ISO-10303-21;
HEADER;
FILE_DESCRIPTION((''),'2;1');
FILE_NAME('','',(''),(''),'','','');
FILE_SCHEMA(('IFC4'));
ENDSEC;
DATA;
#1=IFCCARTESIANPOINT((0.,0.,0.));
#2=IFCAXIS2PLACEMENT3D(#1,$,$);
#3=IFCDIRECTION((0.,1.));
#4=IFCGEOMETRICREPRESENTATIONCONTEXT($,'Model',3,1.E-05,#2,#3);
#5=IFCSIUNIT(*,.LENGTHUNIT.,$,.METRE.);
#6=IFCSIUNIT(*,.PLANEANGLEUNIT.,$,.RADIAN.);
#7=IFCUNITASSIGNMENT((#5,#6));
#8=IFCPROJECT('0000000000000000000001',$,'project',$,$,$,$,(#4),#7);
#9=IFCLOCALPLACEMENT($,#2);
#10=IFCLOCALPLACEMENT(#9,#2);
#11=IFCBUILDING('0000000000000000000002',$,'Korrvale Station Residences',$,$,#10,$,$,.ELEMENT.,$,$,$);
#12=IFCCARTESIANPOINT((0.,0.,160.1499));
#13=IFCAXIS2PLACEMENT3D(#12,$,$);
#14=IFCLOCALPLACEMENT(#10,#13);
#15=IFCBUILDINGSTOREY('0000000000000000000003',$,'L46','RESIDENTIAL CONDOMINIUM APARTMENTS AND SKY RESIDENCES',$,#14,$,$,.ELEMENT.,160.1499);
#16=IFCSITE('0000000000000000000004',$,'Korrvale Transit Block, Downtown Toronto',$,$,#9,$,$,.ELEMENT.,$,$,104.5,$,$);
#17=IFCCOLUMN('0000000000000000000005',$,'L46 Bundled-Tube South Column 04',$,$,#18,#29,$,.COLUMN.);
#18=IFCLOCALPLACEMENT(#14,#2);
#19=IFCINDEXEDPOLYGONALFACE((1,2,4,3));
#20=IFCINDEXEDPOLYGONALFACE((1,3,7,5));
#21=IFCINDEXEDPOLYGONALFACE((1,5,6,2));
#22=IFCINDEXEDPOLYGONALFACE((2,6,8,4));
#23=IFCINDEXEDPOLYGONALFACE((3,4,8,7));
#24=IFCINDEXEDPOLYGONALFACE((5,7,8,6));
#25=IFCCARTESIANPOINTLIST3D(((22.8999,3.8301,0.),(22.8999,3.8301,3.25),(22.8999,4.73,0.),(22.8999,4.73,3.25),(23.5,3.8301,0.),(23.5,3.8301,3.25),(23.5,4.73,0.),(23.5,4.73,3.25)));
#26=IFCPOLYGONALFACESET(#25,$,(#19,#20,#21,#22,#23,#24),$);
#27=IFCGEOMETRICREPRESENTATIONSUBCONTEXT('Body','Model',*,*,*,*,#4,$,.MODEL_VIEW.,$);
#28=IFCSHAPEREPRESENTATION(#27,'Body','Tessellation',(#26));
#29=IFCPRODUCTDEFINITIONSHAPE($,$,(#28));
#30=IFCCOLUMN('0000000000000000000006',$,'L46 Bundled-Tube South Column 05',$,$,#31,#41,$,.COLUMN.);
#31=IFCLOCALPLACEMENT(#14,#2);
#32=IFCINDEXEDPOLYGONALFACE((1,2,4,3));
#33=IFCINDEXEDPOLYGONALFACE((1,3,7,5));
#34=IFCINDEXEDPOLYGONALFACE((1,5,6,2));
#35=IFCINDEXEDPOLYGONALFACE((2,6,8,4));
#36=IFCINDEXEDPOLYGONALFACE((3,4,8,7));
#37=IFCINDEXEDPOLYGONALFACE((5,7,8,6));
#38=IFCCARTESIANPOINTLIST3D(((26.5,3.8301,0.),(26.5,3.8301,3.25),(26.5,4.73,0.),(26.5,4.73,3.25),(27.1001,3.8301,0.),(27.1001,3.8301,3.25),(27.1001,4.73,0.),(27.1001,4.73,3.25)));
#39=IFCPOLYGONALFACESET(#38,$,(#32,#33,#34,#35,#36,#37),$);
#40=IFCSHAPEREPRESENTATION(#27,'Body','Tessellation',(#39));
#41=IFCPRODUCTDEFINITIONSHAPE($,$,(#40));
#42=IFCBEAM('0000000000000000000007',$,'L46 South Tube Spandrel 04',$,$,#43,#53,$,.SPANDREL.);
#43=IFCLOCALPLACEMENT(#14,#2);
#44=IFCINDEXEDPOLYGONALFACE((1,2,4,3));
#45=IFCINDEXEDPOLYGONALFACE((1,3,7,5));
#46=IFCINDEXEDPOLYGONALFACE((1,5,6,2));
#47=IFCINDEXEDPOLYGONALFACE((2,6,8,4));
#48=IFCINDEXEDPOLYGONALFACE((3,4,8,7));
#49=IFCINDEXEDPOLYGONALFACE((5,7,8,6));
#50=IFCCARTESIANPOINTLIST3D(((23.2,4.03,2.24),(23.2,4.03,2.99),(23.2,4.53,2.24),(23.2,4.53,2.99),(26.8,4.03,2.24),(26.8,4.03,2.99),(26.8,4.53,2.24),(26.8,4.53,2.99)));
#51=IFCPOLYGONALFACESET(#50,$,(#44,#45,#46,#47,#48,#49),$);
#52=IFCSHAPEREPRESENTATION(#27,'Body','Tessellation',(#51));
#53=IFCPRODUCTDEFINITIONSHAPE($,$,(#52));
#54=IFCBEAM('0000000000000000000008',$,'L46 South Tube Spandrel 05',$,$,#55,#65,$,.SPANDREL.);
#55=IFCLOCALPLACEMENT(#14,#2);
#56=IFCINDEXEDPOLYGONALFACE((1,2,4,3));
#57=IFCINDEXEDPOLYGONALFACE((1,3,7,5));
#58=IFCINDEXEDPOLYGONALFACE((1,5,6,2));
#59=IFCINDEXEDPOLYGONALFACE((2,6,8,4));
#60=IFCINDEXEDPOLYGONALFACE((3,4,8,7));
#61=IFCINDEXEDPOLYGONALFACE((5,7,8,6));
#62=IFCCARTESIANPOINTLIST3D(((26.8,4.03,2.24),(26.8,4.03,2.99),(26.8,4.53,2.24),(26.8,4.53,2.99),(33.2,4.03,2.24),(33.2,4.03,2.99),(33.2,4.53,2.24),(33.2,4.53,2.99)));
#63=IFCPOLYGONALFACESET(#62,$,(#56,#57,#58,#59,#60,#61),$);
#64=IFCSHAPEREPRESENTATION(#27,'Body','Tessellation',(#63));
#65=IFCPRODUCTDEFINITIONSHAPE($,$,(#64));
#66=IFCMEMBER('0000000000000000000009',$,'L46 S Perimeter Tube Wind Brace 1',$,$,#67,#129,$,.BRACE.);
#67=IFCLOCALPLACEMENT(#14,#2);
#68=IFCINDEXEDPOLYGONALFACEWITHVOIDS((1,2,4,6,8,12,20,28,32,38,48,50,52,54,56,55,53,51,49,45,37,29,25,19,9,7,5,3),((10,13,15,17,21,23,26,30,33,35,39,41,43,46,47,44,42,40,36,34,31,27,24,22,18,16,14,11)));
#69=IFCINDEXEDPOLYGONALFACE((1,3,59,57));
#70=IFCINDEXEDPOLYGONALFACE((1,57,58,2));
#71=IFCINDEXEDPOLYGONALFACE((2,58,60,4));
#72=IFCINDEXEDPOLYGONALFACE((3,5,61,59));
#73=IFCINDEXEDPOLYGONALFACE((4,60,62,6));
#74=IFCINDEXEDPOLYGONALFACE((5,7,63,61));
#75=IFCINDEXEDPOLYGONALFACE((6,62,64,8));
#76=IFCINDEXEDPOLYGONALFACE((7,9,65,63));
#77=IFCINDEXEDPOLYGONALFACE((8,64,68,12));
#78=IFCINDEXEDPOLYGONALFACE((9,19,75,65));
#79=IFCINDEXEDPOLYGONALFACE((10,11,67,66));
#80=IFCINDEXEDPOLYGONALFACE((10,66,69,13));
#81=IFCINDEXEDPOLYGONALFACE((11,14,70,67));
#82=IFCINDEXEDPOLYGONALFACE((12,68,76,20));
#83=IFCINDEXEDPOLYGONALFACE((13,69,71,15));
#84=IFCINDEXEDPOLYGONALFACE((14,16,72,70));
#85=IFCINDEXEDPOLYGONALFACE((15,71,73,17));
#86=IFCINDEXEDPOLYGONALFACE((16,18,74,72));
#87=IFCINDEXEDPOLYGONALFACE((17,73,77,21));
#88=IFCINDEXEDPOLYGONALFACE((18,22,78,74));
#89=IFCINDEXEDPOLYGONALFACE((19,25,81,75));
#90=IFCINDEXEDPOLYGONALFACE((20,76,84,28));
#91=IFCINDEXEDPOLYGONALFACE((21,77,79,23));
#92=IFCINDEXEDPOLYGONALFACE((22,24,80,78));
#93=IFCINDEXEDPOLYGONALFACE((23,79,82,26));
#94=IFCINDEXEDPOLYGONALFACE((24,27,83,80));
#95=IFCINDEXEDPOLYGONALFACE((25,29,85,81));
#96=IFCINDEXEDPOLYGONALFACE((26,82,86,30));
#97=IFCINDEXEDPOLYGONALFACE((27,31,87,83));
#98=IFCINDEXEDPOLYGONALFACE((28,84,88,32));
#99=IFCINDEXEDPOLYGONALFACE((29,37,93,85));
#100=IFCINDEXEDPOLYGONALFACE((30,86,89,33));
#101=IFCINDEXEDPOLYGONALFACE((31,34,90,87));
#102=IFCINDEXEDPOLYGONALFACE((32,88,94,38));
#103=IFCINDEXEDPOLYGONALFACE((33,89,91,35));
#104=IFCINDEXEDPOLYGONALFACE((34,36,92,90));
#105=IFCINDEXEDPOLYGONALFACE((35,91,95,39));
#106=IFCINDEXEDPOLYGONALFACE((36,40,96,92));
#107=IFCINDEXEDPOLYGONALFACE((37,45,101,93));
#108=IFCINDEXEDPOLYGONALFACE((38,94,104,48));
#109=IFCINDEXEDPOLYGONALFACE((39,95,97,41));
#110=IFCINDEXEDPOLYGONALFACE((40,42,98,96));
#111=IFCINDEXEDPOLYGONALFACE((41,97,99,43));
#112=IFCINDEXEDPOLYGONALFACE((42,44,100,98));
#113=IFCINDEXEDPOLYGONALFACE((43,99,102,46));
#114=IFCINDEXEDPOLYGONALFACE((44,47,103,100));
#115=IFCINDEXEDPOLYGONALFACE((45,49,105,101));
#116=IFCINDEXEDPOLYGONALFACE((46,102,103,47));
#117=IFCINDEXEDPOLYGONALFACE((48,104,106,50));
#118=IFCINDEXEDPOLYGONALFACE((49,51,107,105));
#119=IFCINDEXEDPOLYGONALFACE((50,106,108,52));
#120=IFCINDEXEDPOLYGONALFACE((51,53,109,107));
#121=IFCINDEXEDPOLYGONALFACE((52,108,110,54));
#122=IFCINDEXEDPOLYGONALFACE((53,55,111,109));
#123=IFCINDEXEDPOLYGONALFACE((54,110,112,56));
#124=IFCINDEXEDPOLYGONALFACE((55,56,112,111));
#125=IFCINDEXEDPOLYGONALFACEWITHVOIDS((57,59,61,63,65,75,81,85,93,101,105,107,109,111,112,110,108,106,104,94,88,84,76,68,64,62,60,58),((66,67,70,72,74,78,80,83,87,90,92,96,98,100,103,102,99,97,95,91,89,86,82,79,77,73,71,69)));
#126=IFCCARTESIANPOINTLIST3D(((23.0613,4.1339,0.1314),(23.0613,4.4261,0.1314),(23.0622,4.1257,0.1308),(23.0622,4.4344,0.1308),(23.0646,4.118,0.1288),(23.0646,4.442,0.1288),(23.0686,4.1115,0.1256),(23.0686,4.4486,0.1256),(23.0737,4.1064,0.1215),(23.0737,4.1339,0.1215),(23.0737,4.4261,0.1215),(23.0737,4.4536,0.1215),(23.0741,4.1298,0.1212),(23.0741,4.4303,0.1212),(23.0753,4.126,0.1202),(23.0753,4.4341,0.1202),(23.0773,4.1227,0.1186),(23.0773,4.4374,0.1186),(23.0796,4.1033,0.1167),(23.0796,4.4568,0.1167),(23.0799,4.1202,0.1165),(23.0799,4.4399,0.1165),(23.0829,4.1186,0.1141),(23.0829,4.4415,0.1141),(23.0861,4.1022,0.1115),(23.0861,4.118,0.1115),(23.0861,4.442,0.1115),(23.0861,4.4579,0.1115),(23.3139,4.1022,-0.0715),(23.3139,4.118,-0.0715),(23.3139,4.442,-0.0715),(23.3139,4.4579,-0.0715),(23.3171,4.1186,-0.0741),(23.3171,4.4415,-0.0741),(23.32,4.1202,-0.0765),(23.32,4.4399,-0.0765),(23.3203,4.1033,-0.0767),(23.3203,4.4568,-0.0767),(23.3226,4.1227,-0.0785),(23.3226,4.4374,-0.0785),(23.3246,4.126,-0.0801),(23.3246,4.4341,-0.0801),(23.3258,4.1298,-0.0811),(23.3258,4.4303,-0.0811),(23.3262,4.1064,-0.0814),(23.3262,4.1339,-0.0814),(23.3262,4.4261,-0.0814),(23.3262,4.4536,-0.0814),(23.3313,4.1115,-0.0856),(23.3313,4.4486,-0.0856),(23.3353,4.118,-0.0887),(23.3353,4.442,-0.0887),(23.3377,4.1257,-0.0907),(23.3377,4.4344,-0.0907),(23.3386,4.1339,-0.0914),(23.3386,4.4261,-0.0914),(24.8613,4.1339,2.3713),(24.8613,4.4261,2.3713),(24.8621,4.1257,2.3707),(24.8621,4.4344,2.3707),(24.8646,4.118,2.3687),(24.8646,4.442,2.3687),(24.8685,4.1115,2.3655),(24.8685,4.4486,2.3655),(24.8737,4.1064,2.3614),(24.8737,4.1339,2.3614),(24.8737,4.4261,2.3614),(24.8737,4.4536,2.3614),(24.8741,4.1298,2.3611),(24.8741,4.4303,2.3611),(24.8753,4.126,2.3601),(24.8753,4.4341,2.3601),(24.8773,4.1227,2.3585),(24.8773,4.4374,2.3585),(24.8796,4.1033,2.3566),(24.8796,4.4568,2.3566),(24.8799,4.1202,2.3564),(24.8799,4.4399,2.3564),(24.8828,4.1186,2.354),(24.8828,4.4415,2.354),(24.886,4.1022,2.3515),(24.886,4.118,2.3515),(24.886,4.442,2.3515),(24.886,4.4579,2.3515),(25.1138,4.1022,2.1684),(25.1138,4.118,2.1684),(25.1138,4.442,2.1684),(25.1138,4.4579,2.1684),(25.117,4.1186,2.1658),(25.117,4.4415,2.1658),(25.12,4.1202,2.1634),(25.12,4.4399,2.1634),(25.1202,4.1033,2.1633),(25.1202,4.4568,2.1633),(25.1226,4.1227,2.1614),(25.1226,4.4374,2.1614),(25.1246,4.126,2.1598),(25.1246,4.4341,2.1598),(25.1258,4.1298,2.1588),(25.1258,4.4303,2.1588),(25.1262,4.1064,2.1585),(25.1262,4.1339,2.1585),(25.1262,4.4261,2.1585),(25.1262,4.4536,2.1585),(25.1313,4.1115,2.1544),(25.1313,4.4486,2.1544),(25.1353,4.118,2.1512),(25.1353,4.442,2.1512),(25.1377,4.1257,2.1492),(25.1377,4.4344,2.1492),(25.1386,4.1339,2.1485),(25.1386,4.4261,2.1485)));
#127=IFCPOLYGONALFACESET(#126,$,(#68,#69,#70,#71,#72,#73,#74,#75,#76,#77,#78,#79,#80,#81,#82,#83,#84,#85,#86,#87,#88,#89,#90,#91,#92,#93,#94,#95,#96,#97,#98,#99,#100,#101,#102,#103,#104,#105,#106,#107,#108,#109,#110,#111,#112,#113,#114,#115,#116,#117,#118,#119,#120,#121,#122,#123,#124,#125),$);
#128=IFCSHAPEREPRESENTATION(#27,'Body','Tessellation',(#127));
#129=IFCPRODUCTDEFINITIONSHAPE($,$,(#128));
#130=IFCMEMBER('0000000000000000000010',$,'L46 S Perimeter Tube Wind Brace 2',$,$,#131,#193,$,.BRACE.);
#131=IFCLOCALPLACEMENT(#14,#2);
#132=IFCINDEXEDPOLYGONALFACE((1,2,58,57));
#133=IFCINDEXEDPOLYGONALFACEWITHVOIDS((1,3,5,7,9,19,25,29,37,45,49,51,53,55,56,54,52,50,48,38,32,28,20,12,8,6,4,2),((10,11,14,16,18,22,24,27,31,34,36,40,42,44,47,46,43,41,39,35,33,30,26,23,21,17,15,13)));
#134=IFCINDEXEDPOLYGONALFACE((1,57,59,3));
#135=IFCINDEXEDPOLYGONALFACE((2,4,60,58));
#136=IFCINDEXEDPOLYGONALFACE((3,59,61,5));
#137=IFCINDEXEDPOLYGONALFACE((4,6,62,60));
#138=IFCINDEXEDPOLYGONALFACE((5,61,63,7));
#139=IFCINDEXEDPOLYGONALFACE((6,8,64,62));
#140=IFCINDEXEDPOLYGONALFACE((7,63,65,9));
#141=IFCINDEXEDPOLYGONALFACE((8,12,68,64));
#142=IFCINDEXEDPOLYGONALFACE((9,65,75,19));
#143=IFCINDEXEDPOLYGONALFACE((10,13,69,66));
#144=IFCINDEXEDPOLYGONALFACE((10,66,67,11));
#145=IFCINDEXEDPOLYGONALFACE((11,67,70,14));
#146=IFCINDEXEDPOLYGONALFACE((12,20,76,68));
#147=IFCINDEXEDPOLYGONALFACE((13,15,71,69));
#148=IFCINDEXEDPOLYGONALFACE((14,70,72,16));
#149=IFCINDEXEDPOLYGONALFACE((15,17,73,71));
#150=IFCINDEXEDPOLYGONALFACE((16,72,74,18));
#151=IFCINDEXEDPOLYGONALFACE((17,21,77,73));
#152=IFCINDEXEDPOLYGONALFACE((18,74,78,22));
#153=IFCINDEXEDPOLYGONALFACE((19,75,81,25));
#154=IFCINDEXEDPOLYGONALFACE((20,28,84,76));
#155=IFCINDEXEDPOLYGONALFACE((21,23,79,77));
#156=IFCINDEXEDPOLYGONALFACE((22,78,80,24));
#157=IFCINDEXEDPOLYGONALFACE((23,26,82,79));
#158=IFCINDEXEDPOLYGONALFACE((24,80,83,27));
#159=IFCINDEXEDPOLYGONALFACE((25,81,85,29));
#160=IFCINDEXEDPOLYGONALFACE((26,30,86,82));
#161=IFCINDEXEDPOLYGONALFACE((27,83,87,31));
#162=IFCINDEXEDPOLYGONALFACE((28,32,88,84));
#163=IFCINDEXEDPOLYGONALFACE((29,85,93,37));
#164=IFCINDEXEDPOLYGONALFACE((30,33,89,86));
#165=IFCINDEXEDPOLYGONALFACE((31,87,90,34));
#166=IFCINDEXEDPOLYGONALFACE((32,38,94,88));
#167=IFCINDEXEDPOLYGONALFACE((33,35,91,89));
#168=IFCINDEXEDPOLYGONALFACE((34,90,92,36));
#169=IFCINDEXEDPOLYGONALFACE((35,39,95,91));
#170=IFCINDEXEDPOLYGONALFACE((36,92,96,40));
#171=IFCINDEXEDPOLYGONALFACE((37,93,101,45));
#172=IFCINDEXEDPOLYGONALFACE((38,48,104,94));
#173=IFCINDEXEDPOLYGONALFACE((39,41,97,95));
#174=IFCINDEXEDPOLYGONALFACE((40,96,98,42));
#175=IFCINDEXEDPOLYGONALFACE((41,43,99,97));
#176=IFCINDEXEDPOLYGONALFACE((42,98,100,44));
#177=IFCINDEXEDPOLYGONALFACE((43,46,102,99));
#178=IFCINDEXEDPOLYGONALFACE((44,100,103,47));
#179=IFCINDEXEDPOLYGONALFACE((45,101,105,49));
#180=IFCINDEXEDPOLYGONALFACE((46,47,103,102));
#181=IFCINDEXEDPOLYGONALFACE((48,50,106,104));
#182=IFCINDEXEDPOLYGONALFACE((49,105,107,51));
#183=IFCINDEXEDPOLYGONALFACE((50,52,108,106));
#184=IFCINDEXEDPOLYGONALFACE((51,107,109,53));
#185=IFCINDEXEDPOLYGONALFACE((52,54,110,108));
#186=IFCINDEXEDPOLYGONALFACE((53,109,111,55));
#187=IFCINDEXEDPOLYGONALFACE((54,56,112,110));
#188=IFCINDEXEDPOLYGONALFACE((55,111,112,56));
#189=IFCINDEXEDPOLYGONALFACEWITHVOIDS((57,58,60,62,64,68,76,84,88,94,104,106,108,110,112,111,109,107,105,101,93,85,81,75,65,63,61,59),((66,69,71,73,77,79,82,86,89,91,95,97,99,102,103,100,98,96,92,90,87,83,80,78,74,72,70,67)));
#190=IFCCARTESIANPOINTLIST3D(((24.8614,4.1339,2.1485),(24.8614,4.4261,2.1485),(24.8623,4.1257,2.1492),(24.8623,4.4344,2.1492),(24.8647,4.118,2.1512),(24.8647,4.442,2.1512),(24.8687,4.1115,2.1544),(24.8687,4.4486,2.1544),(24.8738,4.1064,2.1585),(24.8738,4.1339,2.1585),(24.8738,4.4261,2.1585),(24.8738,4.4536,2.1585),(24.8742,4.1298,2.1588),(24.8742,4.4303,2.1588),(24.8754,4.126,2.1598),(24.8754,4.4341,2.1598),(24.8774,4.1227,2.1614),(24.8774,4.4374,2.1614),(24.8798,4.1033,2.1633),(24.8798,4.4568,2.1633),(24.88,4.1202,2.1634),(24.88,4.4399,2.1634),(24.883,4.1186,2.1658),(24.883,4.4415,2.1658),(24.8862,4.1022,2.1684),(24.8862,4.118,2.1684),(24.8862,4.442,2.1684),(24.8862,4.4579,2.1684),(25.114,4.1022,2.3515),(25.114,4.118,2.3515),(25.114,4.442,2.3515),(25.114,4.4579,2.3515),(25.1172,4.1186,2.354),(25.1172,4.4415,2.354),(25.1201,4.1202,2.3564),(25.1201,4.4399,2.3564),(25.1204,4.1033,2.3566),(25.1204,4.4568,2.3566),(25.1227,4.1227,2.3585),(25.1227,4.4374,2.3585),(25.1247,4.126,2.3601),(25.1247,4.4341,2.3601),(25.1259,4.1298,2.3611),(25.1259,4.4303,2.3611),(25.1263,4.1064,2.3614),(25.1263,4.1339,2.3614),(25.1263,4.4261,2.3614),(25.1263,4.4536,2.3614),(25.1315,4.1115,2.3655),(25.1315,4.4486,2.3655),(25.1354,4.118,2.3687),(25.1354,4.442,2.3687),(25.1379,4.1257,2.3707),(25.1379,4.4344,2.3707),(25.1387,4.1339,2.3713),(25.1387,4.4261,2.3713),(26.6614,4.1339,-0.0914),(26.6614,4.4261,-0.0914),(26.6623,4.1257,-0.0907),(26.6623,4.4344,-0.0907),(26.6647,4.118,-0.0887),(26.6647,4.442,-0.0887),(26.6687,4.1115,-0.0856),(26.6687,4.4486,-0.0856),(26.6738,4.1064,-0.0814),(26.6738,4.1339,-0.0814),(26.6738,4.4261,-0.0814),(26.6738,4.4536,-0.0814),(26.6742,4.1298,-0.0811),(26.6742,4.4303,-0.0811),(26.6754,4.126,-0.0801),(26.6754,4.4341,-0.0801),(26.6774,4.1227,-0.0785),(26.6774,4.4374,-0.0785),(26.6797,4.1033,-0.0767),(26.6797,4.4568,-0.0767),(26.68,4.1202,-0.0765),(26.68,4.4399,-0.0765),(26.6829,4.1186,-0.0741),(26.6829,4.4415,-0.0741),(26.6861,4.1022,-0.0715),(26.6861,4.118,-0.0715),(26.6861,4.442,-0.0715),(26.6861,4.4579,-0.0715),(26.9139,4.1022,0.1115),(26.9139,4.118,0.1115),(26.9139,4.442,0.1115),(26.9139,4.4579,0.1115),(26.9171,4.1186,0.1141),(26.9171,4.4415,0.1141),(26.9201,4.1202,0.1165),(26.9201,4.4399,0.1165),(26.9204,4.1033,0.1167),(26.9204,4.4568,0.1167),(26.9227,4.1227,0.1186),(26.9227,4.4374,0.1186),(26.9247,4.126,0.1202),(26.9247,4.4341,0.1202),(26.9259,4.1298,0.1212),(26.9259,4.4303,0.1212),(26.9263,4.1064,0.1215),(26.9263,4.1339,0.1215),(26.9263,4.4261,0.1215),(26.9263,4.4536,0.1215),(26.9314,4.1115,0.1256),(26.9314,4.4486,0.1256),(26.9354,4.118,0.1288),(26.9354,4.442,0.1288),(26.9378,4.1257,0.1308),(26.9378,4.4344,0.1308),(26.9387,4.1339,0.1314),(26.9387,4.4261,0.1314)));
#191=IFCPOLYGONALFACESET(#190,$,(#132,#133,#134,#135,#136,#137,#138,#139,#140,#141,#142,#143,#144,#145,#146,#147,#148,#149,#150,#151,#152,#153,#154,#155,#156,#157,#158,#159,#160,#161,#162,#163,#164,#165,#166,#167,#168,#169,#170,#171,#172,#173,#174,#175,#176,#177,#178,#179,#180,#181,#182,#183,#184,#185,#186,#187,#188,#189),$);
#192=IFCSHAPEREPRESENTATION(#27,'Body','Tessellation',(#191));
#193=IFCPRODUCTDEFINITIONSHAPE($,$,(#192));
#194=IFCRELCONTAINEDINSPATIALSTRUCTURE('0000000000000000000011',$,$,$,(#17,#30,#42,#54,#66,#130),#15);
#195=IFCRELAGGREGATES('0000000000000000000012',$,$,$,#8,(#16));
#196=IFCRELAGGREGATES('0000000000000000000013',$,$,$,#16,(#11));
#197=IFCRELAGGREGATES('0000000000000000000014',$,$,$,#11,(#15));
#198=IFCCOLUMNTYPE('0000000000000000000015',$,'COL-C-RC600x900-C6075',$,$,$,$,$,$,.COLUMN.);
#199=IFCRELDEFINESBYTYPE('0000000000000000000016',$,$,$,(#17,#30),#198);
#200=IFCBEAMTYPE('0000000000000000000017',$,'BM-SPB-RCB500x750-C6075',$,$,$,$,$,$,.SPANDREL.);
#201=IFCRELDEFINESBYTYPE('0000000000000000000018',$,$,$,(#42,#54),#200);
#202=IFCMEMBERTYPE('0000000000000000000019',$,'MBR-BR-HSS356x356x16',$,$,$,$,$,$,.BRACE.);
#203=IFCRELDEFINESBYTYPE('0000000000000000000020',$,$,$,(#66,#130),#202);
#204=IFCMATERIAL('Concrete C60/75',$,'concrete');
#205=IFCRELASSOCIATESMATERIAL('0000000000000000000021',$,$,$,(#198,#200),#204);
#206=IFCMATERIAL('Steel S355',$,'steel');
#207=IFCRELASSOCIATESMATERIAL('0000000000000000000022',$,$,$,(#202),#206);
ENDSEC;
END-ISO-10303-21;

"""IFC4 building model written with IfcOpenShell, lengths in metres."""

from ifc_helpers import new_model, si_unit, direction, frame, origin, origin_2d, place, context, subcontext, project, spatial, rectangle, hollow_rectangle, extrude, material, material_profile, profile_set, type_object, element, save


model = new_model("IFC4")

# Units and contexts
model_context = context("Model", 3, precision=1e-05, world=origin(), true_north=direction((0.0, 1.0)))
body_context = subcontext(model_context, "Body", "Model", "MODEL_VIEW")
ifc_project = project(units=[si_unit("LENGTHUNIT", "METRE"), si_unit("PLANEANGLEUNIT", "RADIAN")], contexts=[model_context])

# Site, building, storey
site_placement = place(None, origin())
site = spatial("IfcSite", under=ifc_project, at=site_placement, Name="Korrvale Transit Block, Downtown Toronto", CompositionType="ELEMENT", RefElevation=104.5)
building_placement = place(site_placement, origin())
building = spatial("IfcBuilding", under=site, at=building_placement, Name="Korrvale Station Residences", CompositionType="ELEMENT")
storey_placement = place(building_placement, frame((0.0, 0.0, 160.1499)))
storey = spatial("IfcBuildingStorey", under=building, at=storey_placement, Name="L46", Description="RESIDENTIAL CONDOMINIUM APARTMENTS AND SKY RESIDENCES", CompositionType="ELEMENT", Elevation=160.1499)

# Columns
ifc_material_1 = material(Name="Concrete C60/75", Category="concrete")
ifc_material_profile_1 = material_profile(ifc_material_1, rectangle(XDim=0.6001, YDim=0.8999, at=origin_2d()), Name="RC600x900")
ifc_profile_set_1 = profile_set([ifc_material_profile_1], Name="Concrete C60/75")
column_type = type_object("IfcColumnType", Name="COL-C-RC600x900-C6075", PredefinedType="COLUMN", material=ifc_profile_set_1)
for number, where, z_axis, x_axis, name in (
    (1, (23.2, 4.28, 0.0), (0.0, 0.0, 1.0), (1.0, 0.0, 0.0), "L46 Bundled-Tube South Column 04"),
    (2, (26.8, 4.28, 0.0), (0.0, 0.0, 1.0), (1.0, 0.0, 0.0), "L46 Bundled-Tube South Column 05"),
):
    element("IfcColumn", number, at=place(storey_placement, frame(where, z_axis=z_axis, x_axis=x_axis)), inside=storey, type_object=column_type, Name=name, PredefinedType="COLUMN", context=body_context, shape_type="SweptSolid", body=[
        extrude(rectangle(XDim=0.6001, YDim=0.8999, at=origin_2d()), origin(), (0.0, 0.0, 1.0), 3.25),
    ])

# Beams
ifc_material_profile_2 = material_profile(ifc_material_1, rectangle(XDim=0.5, YDim=0.75, at=origin_2d()), Name="RCB500x750")
ifc_profile_set_2 = profile_set([ifc_material_profile_2], Name="Concrete C60/75")
beam_type = type_object("IfcBeamType", Name="BM-SPB-RCB500x750-C6075", PredefinedType="SPANDREL", material=ifc_profile_set_2)
beam_1_placement = place(storey_placement, frame((23.2, 4.28, 2.615), z_axis=(1.0, 0.0, 0.0), x_axis=(0.0, 1.0, 0.0)))
element("IfcBeam", 3, at=beam_1_placement, inside=storey, type_object=beam_type, Name="L46 South Tube Spandrel 04", PredefinedType="SPANDREL", context=body_context, shape_type="SweptSolid", body=[
    extrude(rectangle(XDim=0.5, YDim=0.75, at=origin_2d()), origin(), (0.0, 0.0, 1.0), 3.6001),
])
beam_2_placement = place(storey_placement, frame((26.8, 4.28, 2.615), z_axis=(1.0, 0.0, 0.0), x_axis=(0.0, 1.0, 0.0)))
element("IfcBeam", 4, at=beam_2_placement, inside=storey, type_object=beam_type, Name="L46 South Tube Spandrel 05", PredefinedType="SPANDREL", context=body_context, shape_type="SweptSolid", body=[
    extrude(rectangle(XDim=0.5, YDim=0.75, at=origin_2d()), origin(), (0.0, 0.0, 1.0), 6.3999),
])

# Members
ifc_material_2 = material(Name="Steel S355", Category="steel")
ifc_material_profile_3 = material_profile(ifc_material_2, hollow_rectangle(XDim=0.3557, YDim=0.3557, WallThickness=0.0159, InnerFilletRadius=0.0159, OuterFilletRadius=0.0317, at=origin_2d()), Name="HSS356x356x16")
ifc_profile_set_3 = profile_set([ifc_material_profile_3], Name="Steel S355")
member_type = type_object("IfcMemberType", Name="MBR-BR-HSS356x356x16", PredefinedType="BRACE", material=ifc_profile_set_3)
for number, where, z_axis, x_axis, name in (
    (5, (23.2, 4.28, 0.02), (0.626403, 0.0, 0.779499), (0.0, 1.0, 0.0), "L46 S Perimeter Tube Wind Brace 1"),
    (6, (26.8, 4.28, 0.02), (-0.626403, 0.0, 0.779499), (0.0, -1.0, 0.0), "L46 S Perimeter Tube Wind Brace 2"),
):
    element("IfcMember", number, at=place(storey_placement, frame(where, z_axis=z_axis, x_axis=x_axis)), inside=storey, type_object=member_type, Name=name, PredefinedType="BRACE", context=body_context, shape_type="SweptSolid", body=[
        extrude(hollow_rectangle(XDim=0.3557, YDim=0.3557, WallThickness=0.0159, InnerFilletRadius=0.0159, OuterFilletRadius=0.0317, at=origin_2d()), origin(), (0.0, 0.0, 1.0), 2.8735),
    ])

save(model, "model.ifc")
